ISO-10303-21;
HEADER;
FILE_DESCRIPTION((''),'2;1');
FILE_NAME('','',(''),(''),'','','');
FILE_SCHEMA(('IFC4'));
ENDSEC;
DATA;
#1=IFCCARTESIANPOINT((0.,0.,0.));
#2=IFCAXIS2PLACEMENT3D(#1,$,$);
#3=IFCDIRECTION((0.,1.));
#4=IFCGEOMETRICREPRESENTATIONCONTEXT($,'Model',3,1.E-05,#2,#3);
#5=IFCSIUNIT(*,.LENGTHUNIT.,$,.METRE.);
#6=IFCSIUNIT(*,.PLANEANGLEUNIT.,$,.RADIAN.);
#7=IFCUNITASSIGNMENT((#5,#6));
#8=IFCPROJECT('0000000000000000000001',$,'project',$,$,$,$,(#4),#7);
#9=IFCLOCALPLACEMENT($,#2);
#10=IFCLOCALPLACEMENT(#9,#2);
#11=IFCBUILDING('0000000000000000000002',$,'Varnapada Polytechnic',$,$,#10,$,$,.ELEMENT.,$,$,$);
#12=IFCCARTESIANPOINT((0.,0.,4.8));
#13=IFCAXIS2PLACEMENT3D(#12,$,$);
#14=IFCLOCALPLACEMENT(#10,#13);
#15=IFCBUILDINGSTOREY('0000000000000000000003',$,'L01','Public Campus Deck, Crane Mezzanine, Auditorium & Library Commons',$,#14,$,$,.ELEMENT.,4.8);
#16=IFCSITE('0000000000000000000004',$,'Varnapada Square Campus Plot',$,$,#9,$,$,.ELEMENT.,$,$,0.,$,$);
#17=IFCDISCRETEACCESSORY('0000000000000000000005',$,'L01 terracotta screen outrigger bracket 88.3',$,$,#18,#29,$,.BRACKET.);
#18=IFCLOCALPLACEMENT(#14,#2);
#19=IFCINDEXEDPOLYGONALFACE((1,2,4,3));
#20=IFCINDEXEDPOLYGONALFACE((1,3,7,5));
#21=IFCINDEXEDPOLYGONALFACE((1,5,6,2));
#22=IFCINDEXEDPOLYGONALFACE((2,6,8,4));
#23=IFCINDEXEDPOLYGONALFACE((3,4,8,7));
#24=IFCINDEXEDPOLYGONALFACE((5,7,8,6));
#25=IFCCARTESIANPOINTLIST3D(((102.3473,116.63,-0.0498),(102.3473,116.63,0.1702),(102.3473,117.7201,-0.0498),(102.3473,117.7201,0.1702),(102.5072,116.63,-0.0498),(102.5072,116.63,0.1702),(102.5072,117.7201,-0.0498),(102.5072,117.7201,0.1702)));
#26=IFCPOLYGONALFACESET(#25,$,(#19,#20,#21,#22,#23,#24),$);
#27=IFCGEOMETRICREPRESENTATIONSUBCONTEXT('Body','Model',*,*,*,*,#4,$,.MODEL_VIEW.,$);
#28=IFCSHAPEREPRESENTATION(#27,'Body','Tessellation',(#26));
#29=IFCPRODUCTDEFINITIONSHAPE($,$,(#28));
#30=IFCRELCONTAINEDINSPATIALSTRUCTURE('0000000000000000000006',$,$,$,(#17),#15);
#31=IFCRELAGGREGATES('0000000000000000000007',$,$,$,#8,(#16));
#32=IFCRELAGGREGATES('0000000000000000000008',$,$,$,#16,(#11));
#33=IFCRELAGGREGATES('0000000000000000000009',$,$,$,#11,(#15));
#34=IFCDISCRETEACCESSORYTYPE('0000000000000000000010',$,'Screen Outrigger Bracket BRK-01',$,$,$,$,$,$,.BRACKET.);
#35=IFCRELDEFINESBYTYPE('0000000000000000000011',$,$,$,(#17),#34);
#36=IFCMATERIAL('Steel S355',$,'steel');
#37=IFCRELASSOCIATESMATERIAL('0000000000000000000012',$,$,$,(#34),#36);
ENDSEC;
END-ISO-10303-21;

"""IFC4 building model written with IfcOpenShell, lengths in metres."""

from ifc_helpers import new_model, si_unit, direction, frame, origin, origin_2d, place, context, subcontext, project, spatial, rectangle, extrude, material, type_object, element, save


model = new_model("IFC4")

# Units and contexts
model_context = context("Model", 3, precision=1e-05, world=origin(), true_north=direction((0.0, 1.0)))
body_context = subcontext(model_context, "Body", "Model", "MODEL_VIEW")
ifc_project = project(units=[si_unit("LENGTHUNIT", "METRE"), si_unit("PLANEANGLEUNIT", "RADIAN")], contexts=[model_context])

# Site, building, storey
site_placement = place(None, origin())
site = spatial("IfcSite", under=ifc_project, at=site_placement, Name="Varnapada Square Campus Plot", CompositionType="ELEMENT", RefElevation=0.0)
building_placement = place(site_placement, origin())
building = spatial("IfcBuilding", under=site, at=building_placement, Name="Varnapada Polytechnic", CompositionType="ELEMENT")
storey_placement = place(building_placement, frame((0.0, 0.0, 4.8)))
storey = spatial("IfcBuildingStorey", under=building, at=storey_placement, Name="L01", Description="Public Campus Deck, Crane Mezzanine, Auditorium & Library Commons", CompositionType="ELEMENT", Elevation=4.8)

# Discrete accessory
ifc_material_1 = material(Name="Steel S355", Category="steel")
discrete_accessory_type = type_object("IfcDiscreteAccessoryType", Name="Screen Outrigger Bracket BRK-01", PredefinedType="BRACKET", material=ifc_material_1)
discrete_accessory_placement = place(storey_placement, frame((102.4272, 117.175, -0.0498), z_axis=(0.0, 0.0, 1.0), x_axis=(-1.0, 0.0, 0.0)))
element("IfcDiscreteAccessory", 1, at=discrete_accessory_placement, inside=storey, type_object=discrete_accessory_type, Name="L01 terracotta screen outrigger bracket 88.3", PredefinedType="BRACKET", context=body_context, shape_type="SweptSolid", body=[
    extrude(rectangle(XDim=0.1599, YDim=1.0901, at=origin_2d()), origin(), (0.0, 0.0, 1.0), 0.22),
])

save(model, "model.ifc")
